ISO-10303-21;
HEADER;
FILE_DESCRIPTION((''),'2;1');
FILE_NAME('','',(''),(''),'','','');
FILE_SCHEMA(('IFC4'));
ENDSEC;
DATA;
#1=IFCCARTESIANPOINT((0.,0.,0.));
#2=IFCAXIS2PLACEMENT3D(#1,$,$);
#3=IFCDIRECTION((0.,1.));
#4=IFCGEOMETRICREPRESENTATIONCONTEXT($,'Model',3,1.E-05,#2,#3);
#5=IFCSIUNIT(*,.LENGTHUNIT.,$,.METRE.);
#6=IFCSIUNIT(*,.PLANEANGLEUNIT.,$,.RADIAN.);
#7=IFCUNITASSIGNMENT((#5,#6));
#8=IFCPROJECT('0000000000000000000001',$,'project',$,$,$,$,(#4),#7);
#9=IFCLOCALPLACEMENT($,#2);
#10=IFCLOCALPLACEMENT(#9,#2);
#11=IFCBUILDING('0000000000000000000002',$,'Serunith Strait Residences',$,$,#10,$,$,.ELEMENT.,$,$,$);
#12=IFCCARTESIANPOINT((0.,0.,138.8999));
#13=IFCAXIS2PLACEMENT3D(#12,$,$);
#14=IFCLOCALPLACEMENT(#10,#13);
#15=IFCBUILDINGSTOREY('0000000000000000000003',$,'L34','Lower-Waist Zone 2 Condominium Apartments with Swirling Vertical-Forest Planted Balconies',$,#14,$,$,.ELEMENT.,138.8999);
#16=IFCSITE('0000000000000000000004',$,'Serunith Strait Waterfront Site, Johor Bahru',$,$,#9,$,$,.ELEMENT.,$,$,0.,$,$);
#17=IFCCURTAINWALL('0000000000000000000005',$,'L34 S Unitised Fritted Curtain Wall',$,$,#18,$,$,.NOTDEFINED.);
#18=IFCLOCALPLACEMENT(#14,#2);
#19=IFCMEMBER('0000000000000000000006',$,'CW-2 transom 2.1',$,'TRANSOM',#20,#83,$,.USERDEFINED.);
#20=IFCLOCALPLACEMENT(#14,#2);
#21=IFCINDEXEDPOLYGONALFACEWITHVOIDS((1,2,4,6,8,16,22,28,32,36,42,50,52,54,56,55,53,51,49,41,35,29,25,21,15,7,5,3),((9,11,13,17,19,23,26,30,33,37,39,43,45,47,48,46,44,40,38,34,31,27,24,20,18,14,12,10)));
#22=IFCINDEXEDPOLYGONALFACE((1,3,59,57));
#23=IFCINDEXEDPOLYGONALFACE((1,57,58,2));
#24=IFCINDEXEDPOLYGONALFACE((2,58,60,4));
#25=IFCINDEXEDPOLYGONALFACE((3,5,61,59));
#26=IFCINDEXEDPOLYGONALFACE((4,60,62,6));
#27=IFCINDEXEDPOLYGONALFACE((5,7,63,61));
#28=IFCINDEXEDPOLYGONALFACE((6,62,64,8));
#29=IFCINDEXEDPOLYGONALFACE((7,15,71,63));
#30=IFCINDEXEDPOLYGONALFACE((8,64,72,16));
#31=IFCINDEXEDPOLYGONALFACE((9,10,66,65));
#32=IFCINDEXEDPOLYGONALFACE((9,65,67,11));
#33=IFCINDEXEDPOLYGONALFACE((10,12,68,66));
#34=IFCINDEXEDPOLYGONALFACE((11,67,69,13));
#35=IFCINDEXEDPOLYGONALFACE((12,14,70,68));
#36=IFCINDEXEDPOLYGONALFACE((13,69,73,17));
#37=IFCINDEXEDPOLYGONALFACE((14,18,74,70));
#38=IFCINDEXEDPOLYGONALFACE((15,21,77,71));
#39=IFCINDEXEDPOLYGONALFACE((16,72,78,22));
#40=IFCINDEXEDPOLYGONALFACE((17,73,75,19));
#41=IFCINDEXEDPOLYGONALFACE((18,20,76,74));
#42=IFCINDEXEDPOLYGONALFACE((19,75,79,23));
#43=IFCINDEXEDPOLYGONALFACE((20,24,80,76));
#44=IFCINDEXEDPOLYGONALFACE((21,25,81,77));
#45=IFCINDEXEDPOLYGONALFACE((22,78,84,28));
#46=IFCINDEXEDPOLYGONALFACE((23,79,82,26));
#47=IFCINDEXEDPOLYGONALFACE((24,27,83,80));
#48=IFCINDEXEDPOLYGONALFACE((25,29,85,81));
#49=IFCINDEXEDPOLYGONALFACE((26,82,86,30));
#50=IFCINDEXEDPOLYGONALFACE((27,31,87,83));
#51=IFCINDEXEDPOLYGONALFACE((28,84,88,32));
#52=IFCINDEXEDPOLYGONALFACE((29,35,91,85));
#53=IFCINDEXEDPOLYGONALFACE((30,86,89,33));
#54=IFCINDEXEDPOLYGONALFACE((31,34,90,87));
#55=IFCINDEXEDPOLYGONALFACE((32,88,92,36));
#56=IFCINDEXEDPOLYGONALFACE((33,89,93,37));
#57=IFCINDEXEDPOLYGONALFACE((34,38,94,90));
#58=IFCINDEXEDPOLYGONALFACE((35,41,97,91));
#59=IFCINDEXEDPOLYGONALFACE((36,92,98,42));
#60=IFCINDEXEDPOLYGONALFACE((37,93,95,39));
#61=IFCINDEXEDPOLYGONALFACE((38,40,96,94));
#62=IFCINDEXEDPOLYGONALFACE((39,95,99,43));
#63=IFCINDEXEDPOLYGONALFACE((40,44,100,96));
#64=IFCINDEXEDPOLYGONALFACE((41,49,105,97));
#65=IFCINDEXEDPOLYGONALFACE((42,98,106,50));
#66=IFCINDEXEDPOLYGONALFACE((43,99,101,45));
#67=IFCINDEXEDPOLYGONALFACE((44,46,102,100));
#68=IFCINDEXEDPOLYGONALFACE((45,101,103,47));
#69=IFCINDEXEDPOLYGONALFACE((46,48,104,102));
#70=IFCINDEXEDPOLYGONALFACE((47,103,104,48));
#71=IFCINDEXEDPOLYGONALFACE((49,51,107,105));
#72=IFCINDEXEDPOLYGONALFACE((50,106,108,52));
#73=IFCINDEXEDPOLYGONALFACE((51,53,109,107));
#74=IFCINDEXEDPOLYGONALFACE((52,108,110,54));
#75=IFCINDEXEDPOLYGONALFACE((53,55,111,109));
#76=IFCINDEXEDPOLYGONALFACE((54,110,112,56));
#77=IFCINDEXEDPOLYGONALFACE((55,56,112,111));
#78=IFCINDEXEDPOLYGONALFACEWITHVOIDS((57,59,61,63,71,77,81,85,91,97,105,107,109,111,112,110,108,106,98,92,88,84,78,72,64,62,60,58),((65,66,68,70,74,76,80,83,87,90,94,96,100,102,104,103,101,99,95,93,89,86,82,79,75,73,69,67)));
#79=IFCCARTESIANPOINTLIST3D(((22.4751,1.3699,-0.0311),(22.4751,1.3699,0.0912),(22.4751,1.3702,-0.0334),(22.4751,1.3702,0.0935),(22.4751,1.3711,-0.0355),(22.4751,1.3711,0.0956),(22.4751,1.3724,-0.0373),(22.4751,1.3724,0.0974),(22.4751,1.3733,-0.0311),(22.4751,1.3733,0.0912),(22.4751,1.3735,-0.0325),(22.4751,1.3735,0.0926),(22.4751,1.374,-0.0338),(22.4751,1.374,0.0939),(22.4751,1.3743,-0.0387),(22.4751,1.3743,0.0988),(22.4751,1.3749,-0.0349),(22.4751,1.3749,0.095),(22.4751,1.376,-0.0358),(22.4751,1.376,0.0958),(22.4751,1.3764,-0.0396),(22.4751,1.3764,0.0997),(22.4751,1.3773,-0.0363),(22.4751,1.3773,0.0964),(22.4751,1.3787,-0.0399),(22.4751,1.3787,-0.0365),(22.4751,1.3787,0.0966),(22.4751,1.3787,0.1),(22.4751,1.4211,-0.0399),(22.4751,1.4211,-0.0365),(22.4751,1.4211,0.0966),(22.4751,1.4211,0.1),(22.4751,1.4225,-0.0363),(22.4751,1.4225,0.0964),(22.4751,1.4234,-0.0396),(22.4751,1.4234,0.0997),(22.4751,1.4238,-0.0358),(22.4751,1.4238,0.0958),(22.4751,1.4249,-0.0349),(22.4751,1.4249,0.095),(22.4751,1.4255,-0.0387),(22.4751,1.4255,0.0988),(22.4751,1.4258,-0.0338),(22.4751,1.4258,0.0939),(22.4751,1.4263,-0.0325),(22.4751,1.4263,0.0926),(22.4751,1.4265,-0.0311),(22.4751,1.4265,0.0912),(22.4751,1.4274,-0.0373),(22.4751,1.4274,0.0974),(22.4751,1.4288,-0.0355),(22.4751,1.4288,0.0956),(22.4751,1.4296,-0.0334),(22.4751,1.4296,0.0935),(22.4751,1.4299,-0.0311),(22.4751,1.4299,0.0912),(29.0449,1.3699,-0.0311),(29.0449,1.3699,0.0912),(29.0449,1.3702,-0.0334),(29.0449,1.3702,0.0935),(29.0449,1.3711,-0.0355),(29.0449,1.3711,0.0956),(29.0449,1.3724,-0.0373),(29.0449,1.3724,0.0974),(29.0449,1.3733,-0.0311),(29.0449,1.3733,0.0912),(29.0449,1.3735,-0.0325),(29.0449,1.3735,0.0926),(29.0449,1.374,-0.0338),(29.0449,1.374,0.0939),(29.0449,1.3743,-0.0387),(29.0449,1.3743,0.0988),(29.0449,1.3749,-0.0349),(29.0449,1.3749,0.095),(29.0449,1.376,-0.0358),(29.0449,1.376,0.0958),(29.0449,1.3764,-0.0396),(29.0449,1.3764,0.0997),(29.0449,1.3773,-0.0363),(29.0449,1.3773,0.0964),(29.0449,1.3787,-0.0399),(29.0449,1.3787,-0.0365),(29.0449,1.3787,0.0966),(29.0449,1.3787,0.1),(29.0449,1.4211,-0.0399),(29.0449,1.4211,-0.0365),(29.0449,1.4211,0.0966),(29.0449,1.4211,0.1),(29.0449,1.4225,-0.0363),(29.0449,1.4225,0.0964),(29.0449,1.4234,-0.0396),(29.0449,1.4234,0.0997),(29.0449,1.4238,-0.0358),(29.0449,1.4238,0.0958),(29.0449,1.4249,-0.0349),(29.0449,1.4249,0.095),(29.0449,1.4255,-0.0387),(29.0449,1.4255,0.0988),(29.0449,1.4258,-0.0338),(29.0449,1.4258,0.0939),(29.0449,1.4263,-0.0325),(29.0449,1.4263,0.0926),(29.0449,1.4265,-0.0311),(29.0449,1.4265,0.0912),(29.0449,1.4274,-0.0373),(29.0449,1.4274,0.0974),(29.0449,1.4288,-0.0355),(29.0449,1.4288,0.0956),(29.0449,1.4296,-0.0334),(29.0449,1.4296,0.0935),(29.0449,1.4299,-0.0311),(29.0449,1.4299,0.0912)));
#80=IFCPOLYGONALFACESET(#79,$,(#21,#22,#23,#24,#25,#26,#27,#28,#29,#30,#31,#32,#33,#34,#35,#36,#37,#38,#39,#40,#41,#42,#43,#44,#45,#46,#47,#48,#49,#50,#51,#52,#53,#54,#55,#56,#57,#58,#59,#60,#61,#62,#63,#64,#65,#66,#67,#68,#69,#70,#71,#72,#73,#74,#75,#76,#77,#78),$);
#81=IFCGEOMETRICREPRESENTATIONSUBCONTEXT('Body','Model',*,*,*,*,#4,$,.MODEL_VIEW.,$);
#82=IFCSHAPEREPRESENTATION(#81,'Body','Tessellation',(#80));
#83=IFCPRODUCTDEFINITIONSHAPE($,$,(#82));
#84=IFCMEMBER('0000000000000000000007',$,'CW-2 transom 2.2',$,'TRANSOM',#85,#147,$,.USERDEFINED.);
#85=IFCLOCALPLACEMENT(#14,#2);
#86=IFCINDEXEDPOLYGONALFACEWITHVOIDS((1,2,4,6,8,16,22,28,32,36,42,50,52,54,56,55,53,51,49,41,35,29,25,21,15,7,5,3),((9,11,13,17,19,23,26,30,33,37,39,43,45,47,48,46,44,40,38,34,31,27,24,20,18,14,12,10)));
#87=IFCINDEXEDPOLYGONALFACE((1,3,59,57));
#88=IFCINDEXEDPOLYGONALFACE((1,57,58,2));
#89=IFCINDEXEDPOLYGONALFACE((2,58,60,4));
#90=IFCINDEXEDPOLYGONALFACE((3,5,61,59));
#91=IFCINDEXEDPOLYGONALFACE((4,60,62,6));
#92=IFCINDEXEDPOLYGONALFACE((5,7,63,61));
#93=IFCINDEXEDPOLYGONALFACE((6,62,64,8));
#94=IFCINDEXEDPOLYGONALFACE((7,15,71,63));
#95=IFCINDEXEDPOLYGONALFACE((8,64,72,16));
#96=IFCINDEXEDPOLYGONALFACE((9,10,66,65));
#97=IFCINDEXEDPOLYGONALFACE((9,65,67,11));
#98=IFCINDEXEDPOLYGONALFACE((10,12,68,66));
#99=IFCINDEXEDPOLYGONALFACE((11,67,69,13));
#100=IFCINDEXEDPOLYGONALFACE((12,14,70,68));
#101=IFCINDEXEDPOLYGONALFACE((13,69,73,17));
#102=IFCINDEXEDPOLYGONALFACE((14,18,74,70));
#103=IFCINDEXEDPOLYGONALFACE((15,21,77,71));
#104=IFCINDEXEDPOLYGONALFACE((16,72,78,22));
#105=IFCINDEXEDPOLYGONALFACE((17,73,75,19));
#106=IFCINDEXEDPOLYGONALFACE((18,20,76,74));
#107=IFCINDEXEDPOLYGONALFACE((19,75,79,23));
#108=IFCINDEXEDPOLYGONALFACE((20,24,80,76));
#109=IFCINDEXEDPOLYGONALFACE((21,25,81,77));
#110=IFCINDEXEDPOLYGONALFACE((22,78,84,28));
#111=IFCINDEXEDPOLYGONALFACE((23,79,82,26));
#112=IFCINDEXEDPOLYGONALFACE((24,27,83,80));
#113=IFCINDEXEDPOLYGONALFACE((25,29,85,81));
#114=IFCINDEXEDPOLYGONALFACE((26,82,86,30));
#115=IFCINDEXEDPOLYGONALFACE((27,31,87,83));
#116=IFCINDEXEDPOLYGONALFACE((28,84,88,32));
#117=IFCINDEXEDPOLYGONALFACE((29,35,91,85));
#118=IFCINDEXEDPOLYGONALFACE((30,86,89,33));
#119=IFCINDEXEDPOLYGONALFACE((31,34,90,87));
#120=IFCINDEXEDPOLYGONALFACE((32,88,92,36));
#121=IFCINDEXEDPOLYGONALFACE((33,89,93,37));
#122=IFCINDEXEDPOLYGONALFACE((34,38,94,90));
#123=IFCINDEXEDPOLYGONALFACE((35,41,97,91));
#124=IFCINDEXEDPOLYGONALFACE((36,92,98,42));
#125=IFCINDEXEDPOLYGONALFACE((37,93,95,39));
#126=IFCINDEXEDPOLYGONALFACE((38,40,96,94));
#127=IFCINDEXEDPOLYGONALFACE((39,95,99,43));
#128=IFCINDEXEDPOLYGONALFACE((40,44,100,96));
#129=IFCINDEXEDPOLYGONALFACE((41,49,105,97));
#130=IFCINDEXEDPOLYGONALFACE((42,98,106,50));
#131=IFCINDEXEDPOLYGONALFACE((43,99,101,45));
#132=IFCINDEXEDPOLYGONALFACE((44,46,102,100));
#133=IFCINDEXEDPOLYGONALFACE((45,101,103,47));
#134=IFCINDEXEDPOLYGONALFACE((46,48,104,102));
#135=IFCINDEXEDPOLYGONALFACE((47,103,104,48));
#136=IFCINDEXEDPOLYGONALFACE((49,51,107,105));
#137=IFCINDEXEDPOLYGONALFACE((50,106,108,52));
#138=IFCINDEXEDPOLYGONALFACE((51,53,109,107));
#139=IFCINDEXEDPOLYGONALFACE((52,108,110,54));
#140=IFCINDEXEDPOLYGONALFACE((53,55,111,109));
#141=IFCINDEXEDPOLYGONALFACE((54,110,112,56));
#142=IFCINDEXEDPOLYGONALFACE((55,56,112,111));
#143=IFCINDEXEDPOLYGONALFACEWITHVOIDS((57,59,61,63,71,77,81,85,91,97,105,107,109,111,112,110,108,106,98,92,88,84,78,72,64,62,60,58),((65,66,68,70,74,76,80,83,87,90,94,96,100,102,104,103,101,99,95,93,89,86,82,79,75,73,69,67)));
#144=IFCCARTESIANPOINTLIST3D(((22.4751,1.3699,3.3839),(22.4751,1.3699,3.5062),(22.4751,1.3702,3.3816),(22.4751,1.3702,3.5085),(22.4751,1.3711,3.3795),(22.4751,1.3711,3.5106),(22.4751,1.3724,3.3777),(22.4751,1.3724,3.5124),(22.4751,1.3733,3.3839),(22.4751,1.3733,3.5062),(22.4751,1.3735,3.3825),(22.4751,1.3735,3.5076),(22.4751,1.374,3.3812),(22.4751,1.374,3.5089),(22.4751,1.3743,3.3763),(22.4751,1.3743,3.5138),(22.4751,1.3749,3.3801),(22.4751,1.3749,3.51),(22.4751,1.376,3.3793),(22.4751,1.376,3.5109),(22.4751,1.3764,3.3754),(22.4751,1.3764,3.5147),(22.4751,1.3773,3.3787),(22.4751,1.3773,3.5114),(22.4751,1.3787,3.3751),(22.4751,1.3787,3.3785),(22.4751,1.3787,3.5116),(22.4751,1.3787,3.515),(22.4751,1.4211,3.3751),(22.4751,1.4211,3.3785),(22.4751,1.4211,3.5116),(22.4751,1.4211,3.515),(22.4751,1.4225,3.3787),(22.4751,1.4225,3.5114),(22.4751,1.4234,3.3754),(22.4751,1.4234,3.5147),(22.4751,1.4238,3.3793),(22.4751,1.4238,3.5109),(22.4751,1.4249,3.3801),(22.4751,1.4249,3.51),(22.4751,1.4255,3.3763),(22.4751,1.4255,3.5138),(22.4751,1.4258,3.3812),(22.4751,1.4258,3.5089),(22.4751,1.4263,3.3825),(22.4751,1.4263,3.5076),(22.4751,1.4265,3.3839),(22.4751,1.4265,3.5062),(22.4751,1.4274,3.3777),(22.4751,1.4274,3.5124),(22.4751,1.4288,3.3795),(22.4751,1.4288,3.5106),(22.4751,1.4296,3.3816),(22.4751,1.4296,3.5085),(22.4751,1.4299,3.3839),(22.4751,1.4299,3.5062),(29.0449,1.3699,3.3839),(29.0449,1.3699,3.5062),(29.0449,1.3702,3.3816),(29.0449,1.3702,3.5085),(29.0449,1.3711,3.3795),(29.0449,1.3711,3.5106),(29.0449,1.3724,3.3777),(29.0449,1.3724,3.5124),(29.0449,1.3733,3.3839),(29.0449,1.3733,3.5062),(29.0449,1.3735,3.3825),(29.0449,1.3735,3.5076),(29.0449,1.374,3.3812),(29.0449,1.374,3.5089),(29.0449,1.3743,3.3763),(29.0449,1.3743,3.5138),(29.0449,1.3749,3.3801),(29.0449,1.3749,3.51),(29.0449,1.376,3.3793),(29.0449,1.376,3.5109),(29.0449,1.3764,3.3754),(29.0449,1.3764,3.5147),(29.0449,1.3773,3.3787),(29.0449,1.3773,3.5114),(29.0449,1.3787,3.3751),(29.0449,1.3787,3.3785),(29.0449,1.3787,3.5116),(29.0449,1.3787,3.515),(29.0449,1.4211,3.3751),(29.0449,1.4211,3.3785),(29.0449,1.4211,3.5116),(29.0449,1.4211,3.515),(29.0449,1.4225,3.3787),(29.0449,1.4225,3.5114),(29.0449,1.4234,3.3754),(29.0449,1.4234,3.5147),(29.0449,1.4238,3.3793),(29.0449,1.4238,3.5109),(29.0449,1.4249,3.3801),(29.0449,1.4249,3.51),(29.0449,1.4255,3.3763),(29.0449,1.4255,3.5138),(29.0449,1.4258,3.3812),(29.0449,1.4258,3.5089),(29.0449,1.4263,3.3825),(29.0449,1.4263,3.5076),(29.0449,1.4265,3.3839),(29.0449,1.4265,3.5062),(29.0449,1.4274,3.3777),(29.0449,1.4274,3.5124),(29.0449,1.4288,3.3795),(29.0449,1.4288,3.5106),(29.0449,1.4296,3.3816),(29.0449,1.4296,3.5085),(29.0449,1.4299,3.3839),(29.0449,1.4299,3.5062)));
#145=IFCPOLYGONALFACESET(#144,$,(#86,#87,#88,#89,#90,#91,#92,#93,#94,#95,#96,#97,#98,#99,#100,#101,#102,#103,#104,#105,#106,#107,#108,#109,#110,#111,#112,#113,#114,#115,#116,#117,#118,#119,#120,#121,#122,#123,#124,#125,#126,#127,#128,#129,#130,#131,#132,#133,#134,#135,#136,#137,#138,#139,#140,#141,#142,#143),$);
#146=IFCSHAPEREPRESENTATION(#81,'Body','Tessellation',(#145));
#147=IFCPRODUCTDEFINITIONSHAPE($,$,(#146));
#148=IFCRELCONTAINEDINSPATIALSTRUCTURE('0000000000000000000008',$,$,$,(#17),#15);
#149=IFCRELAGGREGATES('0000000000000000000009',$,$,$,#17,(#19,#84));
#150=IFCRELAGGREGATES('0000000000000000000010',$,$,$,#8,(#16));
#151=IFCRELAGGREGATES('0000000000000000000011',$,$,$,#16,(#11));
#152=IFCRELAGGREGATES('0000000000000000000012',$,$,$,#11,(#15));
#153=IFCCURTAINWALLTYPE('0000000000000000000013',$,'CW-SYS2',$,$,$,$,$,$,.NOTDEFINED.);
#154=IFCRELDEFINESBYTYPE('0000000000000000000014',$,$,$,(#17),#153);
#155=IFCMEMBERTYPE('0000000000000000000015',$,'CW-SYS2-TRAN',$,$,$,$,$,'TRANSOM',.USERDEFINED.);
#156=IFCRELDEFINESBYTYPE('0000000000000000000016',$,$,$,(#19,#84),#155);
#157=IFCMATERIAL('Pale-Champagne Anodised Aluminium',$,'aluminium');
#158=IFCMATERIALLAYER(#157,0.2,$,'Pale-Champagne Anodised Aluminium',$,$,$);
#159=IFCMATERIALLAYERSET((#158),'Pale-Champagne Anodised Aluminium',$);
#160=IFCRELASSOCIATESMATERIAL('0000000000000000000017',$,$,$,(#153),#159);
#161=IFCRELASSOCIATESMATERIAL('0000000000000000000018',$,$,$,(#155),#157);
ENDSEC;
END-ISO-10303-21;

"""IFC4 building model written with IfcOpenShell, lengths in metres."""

from ifc_helpers import new_model, si_unit, direction, frame, origin, origin_2d, place, context, subcontext, project, spatial, hollow_rectangle, extrude, source, transform, mapped, material, layer, layer_set, material_profile, profile_set, type_object, element, aggregate, save


model = new_model("IFC4")

# Units and contexts
model_context = context("Model", 3, precision=1e-05, world=origin(), true_north=direction((0.0, 1.0)))
body_context = subcontext(model_context, "Body", "Model", "MODEL_VIEW")
ifc_project = project(units=[si_unit("LENGTHUNIT", "METRE"), si_unit("PLANEANGLEUNIT", "RADIAN")], contexts=[model_context])

# Site, building, storey
site_placement = place(None, origin())
site = spatial("IfcSite", under=ifc_project, at=site_placement, Name="Serunith Strait Waterfront Site, Johor Bahru", CompositionType="ELEMENT", RefElevation=0.0)
building_placement = place(site_placement, origin())
building = spatial("IfcBuilding", under=site, at=building_placement, Name="Serunith Strait Residences", CompositionType="ELEMENT")
storey_placement = place(building_placement, frame((0.0, 0.0, 138.8999)))
storey = spatial("IfcBuildingStorey", under=building, at=storey_placement, Name="L34", Description="Lower-Waist Zone 2 Condominium Apartments with Swirling Vertical-Forest Planted Balconies", CompositionType="ELEMENT", Elevation=138.8999)

# Curtain wall, members
ifc_material_1 = material(Name="Pale-Champagne Anodised Aluminium", Category="aluminium")
ifc_layer_1 = layer(ifc_material_1, 0.2, Name="Pale-Champagne Anodised Aluminium")
ifc_layer_set_1 = layer_set([ifc_layer_1], Name="Pale-Champagne Anodised Aluminium")
curtain_wall_type = type_object("IfcCurtainWallType", Name="CW-SYS2", PredefinedType="NOTDEFINED", material=ifc_layer_set_1)
curtain_wall_placement = place(storey_placement, origin())
curtain_wall = element("IfcCurtainWall", 1, at=curtain_wall_placement, inside=storey, type_object=curtain_wall_type, Name="L34 S Unitised Fritted Curtain Wall", PredefinedType="NOTDEFINED")
ifc_material_profile_1 = material_profile(ifc_material_1, hollow_rectangle(XDim=0.0601, YDim=0.1399, WallThickness=0.0034, InnerFilletRadius=0.0054, OuterFilletRadius=0.0088, at=origin_2d()), Name="ALU 140x60x3.5")
ifc_profile_set_1 = profile_set([ifc_material_profile_1], Name="Pale-Champagne Anodised Aluminium")
member_type_1 = type_object("IfcMemberType", Name="CW-SYS2-TRAN", ElementType="TRANSOM", PredefinedType="USERDEFINED", material=ifc_profile_set_1)
shared_shape_1 = source(origin(), body_context, "Body", "SweptSolid", [
    extrude(hollow_rectangle(XDim=0.0601, YDim=0.1399, WallThickness=0.0034, InnerFilletRadius=0.0054, OuterFilletRadius=0.0088, at=origin_2d()), origin(), (0.0, 0.0, 1.0), 6.5698),
])
member_1_placement = place(storey_placement, frame((22.4751, 1.3999, 0.03), z_axis=(1.0, 0.0, 0.0), x_axis=(0.0, 1.0, 0.0)))
member_1 = element("IfcMember", 2, at=member_1_placement, type_object=member_type_1, Name="CW-2 transom 2.1", ObjectType="TRANSOM", PredefinedType="USERDEFINED", context=body_context, shape_type="MappedRepresentation", body=[
    mapped(shared_shape_1, transform((0.0, 0.0, 0.0), scale=1.0)),
])
member_2_placement = place(storey_placement, frame((22.4751, 1.3999, 3.4451), z_axis=(1.0, 0.0, 0.0), x_axis=(0.0, 1.0, 0.0)))
member_2 = element("IfcMember", 3, at=member_2_placement, type_object=member_type_1, Name="CW-2 transom 2.2", ObjectType="TRANSOM", PredefinedType="USERDEFINED", context=body_context, shape_type="MappedRepresentation", body=[
    mapped(shared_shape_1, transform((0.0, 0.0, 0.0), scale=1.0)),
])
aggregate(curtain_wall, [member_1, member_2])

save(model, "model.ifc")
